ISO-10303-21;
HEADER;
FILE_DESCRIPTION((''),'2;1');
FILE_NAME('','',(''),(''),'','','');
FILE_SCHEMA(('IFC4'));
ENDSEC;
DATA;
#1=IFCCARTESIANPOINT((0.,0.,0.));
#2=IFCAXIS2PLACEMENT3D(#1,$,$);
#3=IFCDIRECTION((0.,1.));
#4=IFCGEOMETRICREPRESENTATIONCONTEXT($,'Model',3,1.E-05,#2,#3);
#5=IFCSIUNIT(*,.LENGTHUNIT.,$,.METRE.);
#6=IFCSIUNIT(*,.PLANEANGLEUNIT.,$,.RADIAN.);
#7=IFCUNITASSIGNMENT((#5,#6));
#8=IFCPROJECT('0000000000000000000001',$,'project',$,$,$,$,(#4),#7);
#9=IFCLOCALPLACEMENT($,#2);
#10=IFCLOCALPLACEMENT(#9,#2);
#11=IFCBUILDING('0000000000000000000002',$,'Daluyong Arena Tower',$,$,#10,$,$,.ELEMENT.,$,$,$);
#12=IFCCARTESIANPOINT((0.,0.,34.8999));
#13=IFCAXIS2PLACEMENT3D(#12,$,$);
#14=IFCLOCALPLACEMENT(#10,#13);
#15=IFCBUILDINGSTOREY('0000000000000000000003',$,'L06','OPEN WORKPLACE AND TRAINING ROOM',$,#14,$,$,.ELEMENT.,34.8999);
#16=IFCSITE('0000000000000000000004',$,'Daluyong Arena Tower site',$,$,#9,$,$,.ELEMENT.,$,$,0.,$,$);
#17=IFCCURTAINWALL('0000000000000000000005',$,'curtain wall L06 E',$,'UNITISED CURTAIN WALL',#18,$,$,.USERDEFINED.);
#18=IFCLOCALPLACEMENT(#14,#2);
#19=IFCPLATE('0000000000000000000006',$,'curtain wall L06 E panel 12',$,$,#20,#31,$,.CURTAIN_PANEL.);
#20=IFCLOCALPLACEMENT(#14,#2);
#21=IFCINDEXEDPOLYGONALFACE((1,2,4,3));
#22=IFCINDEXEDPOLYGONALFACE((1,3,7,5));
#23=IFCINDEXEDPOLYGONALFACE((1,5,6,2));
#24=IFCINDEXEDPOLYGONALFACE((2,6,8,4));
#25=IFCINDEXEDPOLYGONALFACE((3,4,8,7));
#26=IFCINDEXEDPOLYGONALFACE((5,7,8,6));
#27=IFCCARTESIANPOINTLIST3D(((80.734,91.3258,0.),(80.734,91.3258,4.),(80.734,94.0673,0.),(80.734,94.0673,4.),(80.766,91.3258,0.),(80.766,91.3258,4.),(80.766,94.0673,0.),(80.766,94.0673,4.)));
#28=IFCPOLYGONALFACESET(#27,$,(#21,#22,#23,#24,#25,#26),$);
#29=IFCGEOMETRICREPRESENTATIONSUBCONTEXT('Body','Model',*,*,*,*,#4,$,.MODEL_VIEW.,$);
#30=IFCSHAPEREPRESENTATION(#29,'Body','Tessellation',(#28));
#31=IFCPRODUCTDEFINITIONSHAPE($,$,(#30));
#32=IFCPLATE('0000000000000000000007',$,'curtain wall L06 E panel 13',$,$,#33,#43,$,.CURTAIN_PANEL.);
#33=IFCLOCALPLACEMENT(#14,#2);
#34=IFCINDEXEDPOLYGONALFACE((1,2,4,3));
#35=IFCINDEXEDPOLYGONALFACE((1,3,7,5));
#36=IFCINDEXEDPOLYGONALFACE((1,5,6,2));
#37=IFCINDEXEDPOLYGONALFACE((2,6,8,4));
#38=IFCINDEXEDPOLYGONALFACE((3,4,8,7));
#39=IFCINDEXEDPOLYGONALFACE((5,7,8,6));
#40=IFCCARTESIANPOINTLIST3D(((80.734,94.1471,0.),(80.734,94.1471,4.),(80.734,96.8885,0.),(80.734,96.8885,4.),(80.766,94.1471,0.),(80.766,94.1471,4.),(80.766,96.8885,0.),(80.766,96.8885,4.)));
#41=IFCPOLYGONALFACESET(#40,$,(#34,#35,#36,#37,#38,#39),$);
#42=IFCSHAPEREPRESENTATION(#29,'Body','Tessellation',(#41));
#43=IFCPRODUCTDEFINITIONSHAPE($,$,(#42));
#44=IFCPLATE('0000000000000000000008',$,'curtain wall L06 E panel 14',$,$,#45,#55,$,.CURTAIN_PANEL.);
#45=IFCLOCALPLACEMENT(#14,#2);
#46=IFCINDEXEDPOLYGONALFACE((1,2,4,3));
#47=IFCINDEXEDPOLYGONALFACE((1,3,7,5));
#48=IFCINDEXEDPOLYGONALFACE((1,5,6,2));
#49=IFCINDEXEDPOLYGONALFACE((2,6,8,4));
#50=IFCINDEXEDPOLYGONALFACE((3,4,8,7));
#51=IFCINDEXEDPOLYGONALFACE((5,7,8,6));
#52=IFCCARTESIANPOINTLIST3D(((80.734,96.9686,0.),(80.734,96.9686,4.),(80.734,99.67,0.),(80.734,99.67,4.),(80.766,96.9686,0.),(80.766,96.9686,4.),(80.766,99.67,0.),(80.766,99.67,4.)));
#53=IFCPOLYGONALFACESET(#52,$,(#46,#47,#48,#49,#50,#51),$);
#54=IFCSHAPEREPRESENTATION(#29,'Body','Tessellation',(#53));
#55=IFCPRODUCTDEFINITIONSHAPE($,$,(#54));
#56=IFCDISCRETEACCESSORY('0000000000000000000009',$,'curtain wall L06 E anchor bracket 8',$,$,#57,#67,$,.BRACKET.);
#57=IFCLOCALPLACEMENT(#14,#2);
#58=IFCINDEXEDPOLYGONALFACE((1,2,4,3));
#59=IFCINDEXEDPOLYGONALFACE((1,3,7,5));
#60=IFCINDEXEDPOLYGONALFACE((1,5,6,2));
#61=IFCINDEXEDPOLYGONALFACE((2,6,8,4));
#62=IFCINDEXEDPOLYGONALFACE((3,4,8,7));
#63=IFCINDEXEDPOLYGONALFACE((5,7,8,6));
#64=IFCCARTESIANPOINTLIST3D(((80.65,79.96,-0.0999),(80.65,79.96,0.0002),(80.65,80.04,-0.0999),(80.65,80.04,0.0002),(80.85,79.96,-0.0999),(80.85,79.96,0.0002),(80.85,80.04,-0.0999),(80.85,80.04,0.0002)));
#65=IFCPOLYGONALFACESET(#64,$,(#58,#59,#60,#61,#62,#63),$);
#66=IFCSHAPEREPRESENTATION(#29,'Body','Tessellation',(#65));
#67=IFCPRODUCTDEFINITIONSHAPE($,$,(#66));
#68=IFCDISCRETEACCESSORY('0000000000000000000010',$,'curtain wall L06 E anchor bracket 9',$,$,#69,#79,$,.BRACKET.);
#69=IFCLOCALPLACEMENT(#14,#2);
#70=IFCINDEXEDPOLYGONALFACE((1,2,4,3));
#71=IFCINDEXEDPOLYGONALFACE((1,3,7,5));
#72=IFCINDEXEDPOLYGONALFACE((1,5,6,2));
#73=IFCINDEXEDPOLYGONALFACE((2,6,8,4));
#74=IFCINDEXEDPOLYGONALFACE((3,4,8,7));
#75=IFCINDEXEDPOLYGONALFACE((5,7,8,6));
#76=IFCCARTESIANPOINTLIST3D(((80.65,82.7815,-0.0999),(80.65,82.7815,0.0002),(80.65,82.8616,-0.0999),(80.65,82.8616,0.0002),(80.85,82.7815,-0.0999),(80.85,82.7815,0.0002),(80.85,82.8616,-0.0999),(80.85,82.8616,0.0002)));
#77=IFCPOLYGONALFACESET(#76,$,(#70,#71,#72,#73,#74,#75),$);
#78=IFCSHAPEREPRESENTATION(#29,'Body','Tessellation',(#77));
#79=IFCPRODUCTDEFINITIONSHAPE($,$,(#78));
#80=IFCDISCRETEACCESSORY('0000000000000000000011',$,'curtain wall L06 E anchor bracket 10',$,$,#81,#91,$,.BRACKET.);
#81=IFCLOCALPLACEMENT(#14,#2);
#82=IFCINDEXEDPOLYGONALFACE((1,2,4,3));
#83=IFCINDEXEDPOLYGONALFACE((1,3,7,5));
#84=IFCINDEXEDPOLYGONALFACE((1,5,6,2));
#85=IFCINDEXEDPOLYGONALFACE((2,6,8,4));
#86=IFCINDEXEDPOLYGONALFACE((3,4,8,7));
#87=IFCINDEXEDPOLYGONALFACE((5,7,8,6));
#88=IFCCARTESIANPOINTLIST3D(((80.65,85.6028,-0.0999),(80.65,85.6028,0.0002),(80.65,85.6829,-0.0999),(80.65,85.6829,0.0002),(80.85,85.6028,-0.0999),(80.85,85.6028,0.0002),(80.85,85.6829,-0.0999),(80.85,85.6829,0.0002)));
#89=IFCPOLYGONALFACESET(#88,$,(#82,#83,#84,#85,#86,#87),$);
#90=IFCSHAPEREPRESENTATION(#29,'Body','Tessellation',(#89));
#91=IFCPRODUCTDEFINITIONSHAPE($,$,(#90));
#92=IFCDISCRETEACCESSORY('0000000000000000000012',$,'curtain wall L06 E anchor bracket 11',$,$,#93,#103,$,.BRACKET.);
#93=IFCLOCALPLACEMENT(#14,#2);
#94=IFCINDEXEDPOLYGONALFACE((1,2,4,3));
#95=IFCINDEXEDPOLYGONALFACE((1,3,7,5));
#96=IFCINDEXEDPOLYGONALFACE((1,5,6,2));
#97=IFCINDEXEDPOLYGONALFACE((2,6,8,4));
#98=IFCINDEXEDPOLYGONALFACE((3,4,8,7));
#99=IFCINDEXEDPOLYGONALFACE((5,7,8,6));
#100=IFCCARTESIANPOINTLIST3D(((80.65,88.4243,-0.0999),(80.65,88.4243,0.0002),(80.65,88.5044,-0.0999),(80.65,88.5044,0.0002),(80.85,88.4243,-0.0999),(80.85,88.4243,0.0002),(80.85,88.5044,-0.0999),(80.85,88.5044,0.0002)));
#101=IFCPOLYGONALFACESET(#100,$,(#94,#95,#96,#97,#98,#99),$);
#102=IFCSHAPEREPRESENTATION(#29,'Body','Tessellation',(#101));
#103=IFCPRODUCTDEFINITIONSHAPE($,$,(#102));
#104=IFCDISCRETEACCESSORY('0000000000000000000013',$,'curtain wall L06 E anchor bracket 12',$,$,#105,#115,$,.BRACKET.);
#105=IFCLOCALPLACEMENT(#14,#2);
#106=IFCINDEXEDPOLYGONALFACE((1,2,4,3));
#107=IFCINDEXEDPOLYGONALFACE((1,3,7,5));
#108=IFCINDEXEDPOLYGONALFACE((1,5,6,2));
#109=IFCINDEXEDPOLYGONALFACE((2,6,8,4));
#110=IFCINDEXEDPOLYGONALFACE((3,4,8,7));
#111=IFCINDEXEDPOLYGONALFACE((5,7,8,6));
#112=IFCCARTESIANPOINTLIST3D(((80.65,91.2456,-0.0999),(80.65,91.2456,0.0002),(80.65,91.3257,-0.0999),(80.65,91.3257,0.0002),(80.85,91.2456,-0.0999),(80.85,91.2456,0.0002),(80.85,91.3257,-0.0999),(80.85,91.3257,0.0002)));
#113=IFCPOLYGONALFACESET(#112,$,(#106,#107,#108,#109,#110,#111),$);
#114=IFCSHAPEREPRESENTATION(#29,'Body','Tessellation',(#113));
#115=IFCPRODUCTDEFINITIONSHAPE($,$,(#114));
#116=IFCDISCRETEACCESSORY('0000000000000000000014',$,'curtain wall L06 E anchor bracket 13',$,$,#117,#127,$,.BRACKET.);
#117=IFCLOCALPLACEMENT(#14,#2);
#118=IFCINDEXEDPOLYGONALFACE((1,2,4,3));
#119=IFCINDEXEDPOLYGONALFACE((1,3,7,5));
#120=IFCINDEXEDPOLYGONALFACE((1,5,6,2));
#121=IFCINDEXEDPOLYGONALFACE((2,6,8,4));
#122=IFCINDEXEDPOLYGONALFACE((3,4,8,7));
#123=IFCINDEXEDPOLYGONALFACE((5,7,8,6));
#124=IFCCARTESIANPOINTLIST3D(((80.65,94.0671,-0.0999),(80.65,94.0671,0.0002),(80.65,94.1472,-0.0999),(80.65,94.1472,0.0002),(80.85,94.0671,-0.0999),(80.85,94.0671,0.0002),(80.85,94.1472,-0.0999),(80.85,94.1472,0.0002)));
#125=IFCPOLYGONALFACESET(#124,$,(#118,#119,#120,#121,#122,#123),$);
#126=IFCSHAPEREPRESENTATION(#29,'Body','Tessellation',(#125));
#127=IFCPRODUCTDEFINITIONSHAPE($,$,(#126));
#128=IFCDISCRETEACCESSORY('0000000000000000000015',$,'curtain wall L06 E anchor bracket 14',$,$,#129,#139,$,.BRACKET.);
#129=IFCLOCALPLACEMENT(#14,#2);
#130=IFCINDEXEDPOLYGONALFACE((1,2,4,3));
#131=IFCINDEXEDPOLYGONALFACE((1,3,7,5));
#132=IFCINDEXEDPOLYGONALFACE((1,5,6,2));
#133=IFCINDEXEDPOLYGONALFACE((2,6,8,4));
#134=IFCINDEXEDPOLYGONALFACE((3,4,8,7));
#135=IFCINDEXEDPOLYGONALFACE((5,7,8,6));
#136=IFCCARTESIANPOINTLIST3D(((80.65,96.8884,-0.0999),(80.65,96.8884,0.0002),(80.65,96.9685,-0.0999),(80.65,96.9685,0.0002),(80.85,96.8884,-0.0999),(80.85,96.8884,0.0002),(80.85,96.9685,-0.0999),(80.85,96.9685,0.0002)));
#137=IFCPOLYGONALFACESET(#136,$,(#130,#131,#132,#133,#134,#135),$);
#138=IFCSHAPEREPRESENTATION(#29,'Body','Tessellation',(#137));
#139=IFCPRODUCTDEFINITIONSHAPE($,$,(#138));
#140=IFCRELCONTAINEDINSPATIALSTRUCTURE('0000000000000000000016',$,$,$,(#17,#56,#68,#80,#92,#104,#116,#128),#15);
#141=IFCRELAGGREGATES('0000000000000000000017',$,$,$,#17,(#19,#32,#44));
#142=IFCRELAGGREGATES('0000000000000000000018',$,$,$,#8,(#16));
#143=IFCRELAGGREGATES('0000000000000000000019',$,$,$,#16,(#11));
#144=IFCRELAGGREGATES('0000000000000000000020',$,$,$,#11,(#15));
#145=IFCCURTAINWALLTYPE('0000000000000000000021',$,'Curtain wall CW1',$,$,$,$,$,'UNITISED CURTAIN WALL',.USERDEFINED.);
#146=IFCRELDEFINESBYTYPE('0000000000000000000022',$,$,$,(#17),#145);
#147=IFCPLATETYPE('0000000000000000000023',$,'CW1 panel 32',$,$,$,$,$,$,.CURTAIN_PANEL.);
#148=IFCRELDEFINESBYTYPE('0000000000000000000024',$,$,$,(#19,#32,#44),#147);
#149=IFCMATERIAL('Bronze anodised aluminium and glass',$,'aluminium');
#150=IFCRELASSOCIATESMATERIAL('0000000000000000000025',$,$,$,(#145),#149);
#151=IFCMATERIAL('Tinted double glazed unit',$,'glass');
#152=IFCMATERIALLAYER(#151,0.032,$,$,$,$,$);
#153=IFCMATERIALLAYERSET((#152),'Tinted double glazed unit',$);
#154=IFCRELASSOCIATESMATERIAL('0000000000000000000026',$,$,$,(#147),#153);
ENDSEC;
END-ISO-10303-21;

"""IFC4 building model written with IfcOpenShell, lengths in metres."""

from ifc_helpers import new_model, si_unit, direction, frame, origin, origin_2d, place, context, subcontext, project, spatial, rectangle, extrude, material, layer, layer_set, type_object, element, aggregate, save


model = new_model("IFC4")

# Units and contexts
model_context = context("Model", 3, precision=1e-05, world=origin(), true_north=direction((0.0, 1.0)))
body_context = subcontext(model_context, "Body", "Model", "MODEL_VIEW")
ifc_project = project(units=[si_unit("LENGTHUNIT", "METRE"), si_unit("PLANEANGLEUNIT", "RADIAN")], contexts=[model_context])

# Site, building, storey
site_placement = place(None, origin())
site = spatial("IfcSite", under=ifc_project, at=site_placement, Name="Daluyong Arena Tower site", CompositionType="ELEMENT", RefElevation=0.0)
building_placement = place(site_placement, origin())
building = spatial("IfcBuilding", under=site, at=building_placement, Name="Daluyong Arena Tower", CompositionType="ELEMENT")
storey_placement = place(building_placement, frame((0.0, 0.0, 34.8999)))
storey = spatial("IfcBuildingStorey", under=building, at=storey_placement, Name="L06", Description="OPEN WORKPLACE AND TRAINING ROOM", CompositionType="ELEMENT", Elevation=34.8999)

# Curtain wall
ifc_material_1 = material(Name="Bronze anodised aluminium and glass", Category="aluminium")
curtain_wall_type = type_object("IfcCurtainWallType", Name="Curtain wall CW1", ElementType="UNITISED CURTAIN WALL", PredefinedType="USERDEFINED", material=ifc_material_1)
curtain_wall_placement = place(storey_placement, origin())
curtain_wall = element("IfcCurtainWall", 1, at=curtain_wall_placement, inside=storey, type_object=curtain_wall_type, Name="curtain wall L06 E", ObjectType="UNITISED CURTAIN WALL", PredefinedType="USERDEFINED")

# Plates
ifc_material_2 = material(Name="Tinted double glazed unit", Category="glass")
ifc_layer = layer(ifc_material_2, 0.032)
ifc_layer_set = layer_set([ifc_layer], Name="Tinted double glazed unit")
plate_type = type_object("IfcPlateType", Name="CW1 panel 32", PredefinedType="CURTAIN_PANEL", material=ifc_layer_set)
plate_1_placement = place(storey_placement, frame((80.75, 92.6965, 0.0), z_axis=(0.0, 0.0, 1.0), x_axis=(0.0, 1.0, 0.0)))
plate_1 = element("IfcPlate", 2, at=plate_1_placement, type_object=plate_type, Name="curtain wall L06 E panel 12", PredefinedType="CURTAIN_PANEL", context=body_context, shape_type="SweptSolid", body=[
    extrude(rectangle(XDim=2.7415, YDim=0.032, at=origin_2d()), origin(), (0.0, 0.0, 1.0), 4.0),
])
plate_2_placement = place(storey_placement, frame((80.75, 95.5178, 0.0), z_axis=(0.0, 0.0, 1.0), x_axis=(0.0, 1.0, 0.0)))
plate_2 = element("IfcPlate", 3, at=plate_2_placement, type_object=plate_type, Name="curtain wall L06 E panel 13", PredefinedType="CURTAIN_PANEL", context=body_context, shape_type="SweptSolid", body=[
    extrude(rectangle(XDim=2.7415, YDim=0.032, at=origin_2d()), origin(), (0.0, 0.0, 1.0), 4.0),
])
plate_3_placement = place(storey_placement, frame((80.75, 98.3193, 0.0), z_axis=(0.0, 0.0, 1.0), x_axis=(0.0, 1.0, 0.0)))
plate_3 = element("IfcPlate", 4, at=plate_3_placement, type_object=plate_type, Name="curtain wall L06 E panel 14", PredefinedType="CURTAIN_PANEL", context=body_context, shape_type="SweptSolid", body=[
    extrude(rectangle(XDim=2.7014, YDim=0.032, at=origin_2d()), origin(), (0.0, 0.0, 1.0), 4.0),
])
aggregate(curtain_wall, [plate_1, plate_2, plate_3])

# Discrete accessories
for number, where, z_axis, x_axis, name in (
    (5, (80.75, 80.0, -0.0999), (0.0, 0.0, 1.0), (0.0, 1.0, 0.0), "curtain wall L06 E anchor bracket 8"),
    (6, (80.75, 82.8215, -0.0999), (0.0, 0.0, 1.0), (0.0, 1.0, 0.0), "curtain wall L06 E anchor bracket 9"),
    (7, (80.75, 85.6428, -0.0999), (0.0, 0.0, 1.0), (0.0, 1.0, 0.0), "curtain wall L06 E anchor bracket 10"),
    (8, (80.75, 88.4644, -0.0999), (0.0, 0.0, 1.0), (0.0, 1.0, 0.0), "curtain wall L06 E anchor bracket 11"),
    (9, (80.75, 91.2856, -0.0999), (0.0, 0.0, 1.0), (0.0, 1.0, 0.0), "curtain wall L06 E anchor bracket 12"),
    (10, (80.75, 94.1072, -0.0999), (0.0, 0.0, 1.0), (0.0, 1.0, 0.0), "curtain wall L06 E anchor bracket 13"),
    (11, (80.75, 96.9285, -0.0999), (0.0, 0.0, 1.0), (0.0, 1.0, 0.0), "curtain wall L06 E anchor bracket 14"),
):
    element("IfcDiscreteAccessory", number, at=place(storey_placement, frame(where, z_axis=z_axis, x_axis=x_axis)), inside=storey, Name=name, PredefinedType="BRACKET", context=body_context, shape_type="SweptSolid", body=[
        extrude(rectangle(XDim=0.0801, YDim=0.2, at=origin_2d()), origin(), (0.0, 0.0, 1.0), 0.1001),
    ])

save(model, "model.ifc")
